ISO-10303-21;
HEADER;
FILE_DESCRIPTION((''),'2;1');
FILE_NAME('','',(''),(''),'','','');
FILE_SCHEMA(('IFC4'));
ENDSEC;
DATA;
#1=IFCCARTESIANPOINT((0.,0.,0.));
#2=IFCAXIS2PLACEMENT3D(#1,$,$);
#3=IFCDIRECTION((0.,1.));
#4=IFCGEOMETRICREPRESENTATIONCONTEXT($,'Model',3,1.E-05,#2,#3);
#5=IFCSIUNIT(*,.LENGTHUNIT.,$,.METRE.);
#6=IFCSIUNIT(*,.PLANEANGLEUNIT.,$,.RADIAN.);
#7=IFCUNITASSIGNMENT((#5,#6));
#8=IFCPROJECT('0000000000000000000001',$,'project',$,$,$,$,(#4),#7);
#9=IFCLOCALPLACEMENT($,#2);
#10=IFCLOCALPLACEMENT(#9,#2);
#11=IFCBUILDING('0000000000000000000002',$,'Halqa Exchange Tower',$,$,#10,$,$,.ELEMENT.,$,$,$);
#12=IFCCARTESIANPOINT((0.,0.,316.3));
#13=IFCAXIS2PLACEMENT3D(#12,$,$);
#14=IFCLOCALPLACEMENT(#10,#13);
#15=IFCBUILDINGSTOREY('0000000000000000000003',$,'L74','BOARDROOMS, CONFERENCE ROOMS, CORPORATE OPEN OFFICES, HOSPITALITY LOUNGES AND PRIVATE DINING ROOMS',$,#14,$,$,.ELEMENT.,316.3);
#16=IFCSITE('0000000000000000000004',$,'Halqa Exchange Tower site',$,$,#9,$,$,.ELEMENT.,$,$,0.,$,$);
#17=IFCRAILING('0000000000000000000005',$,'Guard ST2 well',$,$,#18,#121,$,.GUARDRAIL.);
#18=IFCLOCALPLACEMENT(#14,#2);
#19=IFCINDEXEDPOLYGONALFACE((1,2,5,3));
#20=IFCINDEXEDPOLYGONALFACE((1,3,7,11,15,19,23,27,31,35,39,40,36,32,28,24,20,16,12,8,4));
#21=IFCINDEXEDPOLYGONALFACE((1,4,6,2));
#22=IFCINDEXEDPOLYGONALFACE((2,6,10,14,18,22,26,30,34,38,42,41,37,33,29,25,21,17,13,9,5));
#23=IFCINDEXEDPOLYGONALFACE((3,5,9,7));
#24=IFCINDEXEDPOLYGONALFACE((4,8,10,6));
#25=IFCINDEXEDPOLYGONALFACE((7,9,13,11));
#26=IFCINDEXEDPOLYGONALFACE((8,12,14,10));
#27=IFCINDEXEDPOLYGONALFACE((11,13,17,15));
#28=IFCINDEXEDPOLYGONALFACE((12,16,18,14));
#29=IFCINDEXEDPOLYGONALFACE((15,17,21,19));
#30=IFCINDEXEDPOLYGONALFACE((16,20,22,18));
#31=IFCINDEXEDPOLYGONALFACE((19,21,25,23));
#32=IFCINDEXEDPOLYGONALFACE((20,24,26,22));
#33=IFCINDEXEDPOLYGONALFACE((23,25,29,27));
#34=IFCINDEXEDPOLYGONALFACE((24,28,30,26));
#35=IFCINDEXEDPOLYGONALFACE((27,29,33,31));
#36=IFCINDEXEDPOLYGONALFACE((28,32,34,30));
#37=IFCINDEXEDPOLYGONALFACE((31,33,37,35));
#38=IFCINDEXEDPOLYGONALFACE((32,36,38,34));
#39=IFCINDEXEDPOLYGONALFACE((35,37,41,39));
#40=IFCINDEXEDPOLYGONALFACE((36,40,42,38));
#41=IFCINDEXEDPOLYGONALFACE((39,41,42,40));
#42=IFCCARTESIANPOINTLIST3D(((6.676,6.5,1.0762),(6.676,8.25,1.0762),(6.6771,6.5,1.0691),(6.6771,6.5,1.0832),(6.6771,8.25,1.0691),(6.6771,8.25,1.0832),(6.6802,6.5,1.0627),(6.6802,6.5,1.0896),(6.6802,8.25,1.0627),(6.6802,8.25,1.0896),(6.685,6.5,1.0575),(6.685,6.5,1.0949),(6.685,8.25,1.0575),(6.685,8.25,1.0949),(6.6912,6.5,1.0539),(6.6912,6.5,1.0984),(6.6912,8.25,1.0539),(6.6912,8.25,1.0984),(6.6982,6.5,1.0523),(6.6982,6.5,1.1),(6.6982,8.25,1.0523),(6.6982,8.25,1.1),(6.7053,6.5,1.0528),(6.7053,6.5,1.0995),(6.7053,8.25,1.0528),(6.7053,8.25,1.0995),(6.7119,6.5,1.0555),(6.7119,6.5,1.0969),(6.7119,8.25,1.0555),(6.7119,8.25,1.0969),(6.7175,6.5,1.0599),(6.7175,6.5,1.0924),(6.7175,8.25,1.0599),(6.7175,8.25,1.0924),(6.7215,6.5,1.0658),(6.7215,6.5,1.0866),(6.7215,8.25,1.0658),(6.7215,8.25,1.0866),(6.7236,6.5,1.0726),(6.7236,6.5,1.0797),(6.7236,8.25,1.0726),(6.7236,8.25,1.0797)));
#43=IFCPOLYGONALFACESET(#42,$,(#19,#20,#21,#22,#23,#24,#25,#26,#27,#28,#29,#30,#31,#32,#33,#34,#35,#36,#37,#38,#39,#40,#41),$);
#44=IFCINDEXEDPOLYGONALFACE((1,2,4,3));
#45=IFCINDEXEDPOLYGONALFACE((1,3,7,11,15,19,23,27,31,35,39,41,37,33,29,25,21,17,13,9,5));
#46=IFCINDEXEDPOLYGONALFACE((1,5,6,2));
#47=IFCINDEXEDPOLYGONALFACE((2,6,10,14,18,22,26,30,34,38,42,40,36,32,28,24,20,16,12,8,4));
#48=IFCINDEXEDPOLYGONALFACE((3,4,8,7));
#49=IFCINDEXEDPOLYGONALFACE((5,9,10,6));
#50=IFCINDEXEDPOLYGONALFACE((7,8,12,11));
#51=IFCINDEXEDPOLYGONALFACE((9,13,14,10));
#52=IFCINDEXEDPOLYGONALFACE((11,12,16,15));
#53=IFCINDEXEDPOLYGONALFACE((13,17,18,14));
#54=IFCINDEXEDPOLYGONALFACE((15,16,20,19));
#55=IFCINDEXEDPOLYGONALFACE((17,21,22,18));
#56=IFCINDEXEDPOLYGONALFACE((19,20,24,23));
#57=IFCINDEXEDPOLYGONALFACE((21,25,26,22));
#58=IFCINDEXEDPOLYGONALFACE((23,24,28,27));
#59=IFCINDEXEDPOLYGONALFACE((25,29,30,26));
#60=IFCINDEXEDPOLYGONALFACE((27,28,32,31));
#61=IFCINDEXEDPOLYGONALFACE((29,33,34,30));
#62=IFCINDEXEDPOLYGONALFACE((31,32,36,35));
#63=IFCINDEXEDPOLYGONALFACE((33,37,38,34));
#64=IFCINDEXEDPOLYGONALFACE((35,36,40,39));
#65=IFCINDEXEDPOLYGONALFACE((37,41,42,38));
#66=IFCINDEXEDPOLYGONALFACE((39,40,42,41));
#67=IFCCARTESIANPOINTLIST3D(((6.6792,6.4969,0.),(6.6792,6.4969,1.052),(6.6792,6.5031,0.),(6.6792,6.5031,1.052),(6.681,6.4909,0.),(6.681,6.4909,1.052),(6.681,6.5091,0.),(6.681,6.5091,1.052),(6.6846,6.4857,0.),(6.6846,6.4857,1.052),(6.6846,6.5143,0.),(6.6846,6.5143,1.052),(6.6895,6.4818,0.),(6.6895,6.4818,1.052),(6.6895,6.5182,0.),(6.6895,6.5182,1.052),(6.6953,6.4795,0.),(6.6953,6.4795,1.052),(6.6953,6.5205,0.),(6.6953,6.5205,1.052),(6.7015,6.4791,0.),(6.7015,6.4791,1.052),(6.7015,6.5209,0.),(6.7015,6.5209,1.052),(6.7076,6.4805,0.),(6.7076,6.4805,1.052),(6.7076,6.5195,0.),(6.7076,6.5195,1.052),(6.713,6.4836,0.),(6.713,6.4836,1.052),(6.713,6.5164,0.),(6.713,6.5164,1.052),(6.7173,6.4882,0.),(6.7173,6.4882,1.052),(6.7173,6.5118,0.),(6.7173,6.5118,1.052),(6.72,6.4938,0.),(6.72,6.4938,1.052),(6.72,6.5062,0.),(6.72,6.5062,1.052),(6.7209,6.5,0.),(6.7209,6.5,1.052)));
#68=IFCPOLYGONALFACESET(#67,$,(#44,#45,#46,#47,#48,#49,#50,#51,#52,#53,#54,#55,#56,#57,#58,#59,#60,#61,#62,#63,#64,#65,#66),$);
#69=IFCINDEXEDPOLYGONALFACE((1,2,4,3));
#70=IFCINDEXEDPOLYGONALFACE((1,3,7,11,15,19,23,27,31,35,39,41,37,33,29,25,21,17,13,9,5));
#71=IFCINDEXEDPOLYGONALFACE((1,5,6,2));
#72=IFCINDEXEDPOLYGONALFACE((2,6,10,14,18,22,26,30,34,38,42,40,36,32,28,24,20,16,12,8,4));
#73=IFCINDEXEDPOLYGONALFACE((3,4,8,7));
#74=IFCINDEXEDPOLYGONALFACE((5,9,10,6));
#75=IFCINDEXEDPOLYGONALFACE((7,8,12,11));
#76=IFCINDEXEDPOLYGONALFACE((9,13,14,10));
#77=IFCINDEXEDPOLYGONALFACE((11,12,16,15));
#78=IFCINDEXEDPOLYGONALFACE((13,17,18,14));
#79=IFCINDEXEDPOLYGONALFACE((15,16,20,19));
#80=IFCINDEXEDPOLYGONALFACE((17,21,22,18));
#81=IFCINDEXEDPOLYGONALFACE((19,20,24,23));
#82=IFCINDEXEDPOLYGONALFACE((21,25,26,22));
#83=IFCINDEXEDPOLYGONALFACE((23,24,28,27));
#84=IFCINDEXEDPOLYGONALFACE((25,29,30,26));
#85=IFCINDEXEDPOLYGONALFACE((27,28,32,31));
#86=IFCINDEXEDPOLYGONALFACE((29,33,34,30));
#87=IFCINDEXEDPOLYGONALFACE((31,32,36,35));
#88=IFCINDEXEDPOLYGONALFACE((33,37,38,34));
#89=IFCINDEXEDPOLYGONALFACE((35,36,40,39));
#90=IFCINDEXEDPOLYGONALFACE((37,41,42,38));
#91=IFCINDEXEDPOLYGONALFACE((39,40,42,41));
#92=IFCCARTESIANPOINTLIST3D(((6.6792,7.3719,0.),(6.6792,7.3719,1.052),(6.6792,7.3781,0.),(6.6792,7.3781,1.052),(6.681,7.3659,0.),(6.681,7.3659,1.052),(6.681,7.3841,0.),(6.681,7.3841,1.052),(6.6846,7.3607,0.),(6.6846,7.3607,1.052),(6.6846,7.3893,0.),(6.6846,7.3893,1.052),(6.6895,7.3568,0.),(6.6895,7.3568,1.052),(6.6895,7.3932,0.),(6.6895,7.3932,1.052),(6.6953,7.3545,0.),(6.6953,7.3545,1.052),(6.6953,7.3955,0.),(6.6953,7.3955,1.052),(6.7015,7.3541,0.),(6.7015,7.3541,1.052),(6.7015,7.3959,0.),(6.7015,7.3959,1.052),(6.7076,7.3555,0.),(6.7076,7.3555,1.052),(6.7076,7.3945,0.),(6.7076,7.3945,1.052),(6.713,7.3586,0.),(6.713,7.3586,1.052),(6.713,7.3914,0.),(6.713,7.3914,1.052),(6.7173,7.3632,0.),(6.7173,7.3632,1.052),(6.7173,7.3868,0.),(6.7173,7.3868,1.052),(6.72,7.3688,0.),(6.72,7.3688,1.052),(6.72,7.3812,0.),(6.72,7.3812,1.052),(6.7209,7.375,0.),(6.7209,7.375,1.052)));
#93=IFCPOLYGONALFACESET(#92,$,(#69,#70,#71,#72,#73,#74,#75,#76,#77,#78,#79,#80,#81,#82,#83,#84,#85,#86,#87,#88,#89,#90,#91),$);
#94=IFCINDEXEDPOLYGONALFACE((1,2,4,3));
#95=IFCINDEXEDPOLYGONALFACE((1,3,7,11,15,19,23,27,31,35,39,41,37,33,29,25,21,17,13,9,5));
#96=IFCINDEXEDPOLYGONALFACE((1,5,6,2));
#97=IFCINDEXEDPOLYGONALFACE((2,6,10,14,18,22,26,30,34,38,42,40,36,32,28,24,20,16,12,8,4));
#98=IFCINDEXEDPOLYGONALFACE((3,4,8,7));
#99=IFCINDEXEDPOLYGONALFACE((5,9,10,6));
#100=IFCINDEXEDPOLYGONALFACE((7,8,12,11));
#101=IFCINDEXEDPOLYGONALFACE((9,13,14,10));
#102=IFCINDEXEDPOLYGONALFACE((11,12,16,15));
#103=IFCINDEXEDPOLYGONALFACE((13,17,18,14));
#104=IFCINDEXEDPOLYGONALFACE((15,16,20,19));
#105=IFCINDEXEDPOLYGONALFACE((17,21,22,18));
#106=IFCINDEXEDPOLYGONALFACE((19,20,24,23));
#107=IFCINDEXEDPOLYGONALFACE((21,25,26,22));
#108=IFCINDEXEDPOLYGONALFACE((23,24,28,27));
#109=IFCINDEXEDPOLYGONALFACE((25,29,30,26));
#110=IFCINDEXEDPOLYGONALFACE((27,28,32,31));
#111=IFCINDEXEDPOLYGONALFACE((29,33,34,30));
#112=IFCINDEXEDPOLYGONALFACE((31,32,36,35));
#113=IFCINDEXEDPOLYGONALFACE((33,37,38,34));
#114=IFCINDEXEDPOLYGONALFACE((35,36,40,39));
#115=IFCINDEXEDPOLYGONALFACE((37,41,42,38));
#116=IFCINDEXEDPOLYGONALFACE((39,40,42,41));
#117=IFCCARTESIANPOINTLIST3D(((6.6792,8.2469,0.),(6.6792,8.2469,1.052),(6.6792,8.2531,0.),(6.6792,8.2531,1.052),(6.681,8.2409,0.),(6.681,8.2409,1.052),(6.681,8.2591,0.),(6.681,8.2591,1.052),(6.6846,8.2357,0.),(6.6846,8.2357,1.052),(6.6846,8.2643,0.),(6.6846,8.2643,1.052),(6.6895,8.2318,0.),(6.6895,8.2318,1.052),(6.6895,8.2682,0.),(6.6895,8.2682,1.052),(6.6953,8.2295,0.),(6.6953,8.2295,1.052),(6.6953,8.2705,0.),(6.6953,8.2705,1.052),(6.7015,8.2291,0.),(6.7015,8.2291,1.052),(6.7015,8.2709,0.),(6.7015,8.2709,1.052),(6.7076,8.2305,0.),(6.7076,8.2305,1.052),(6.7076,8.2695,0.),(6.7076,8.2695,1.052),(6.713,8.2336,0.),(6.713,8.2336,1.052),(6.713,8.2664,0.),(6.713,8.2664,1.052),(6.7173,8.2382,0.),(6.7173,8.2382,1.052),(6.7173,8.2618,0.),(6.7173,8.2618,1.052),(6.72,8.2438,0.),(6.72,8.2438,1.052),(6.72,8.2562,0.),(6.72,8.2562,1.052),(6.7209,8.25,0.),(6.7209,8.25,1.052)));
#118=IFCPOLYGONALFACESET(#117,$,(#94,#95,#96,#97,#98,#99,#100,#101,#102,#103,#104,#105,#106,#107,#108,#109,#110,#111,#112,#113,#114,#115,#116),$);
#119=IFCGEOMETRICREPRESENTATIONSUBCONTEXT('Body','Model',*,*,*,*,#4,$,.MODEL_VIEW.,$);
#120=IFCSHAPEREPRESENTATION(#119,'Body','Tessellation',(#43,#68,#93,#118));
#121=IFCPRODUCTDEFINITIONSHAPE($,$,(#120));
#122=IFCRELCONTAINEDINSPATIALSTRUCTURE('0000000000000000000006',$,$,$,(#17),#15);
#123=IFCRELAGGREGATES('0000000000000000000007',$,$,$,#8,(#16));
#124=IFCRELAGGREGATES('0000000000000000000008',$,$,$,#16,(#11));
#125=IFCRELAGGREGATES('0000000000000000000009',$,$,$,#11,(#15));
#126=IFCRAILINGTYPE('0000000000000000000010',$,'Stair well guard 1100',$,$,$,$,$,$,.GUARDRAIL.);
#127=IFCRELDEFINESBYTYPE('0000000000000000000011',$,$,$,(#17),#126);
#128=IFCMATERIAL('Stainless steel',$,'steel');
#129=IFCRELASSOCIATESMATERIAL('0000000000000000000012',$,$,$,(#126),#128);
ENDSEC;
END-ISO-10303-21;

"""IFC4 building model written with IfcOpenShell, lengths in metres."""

from ifc_helpers import new_model, si_unit, direction, frame, origin, origin_2d, place, context, subcontext, project, spatial, circle, extrude, material, type_object, element, save


model = new_model("IFC4")

# Units and contexts
model_context = context("Model", 3, precision=1e-05, world=origin(), true_north=direction((0.0, 1.0)))
body_context = subcontext(model_context, "Body", "Model", "MODEL_VIEW")
ifc_project = project(units=[si_unit("LENGTHUNIT", "METRE"), si_unit("PLANEANGLEUNIT", "RADIAN")], contexts=[model_context])

# Site, building, storey
site_placement = place(None, origin())
site = spatial("IfcSite", under=ifc_project, at=site_placement, Name="Halqa Exchange Tower site", CompositionType="ELEMENT", RefElevation=0.0)
building_placement = place(site_placement, origin())
building = spatial("IfcBuilding", under=site, at=building_placement, Name="Halqa Exchange Tower", CompositionType="ELEMENT")
storey_placement = place(building_placement, frame((0.0, 0.0, 316.3)))
storey = spatial("IfcBuildingStorey", under=building, at=storey_placement, Name="L74", Description="BOARDROOMS, CONFERENCE ROOMS, CORPORATE OPEN OFFICES, HOSPITALITY LOUNGES AND PRIVATE DINING ROOMS", CompositionType="ELEMENT", Elevation=316.3)

# Railing
ifc_material_1 = material(Name="Stainless steel", Category="steel")
railing_type_1 = type_object("IfcRailingType", Name="Stair well guard 1100", PredefinedType="GUARDRAIL", material=ifc_material_1)
railing_1_placement = place(storey_placement, frame((6.7, 6.5, 0.0)))
element("IfcRailing", 1, at=railing_1_placement, inside=storey, type_object=railing_type_1, Name="Guard ST2 well", PredefinedType="GUARDRAIL", context=body_context, shape_type="SweptSolid", body=[
    extrude(circle(Radius=0.0239, at=origin_2d()), frame((0.0, 0.0, 1.0762), z_axis=(0.0, 1.0, 0.0), x_axis=(-1.0, 0.0, 0.0)), (0.0, 0.0, 1.0), 1.75),
    extrude(circle(Radius=0.021, at=origin_2d()), origin(), (0.0, 0.0, 1.0), 1.052),
    extrude(circle(Radius=0.021, at=origin_2d()), frame((0.0, 0.875, 0.0)), (0.0, 0.0, 1.0), 1.052),
    extrude(circle(Radius=0.021, at=origin_2d()), frame((0.0, 1.75, 0.0)), (0.0, 0.0, 1.0), 1.052),
])

save(model, "model.ifc")
